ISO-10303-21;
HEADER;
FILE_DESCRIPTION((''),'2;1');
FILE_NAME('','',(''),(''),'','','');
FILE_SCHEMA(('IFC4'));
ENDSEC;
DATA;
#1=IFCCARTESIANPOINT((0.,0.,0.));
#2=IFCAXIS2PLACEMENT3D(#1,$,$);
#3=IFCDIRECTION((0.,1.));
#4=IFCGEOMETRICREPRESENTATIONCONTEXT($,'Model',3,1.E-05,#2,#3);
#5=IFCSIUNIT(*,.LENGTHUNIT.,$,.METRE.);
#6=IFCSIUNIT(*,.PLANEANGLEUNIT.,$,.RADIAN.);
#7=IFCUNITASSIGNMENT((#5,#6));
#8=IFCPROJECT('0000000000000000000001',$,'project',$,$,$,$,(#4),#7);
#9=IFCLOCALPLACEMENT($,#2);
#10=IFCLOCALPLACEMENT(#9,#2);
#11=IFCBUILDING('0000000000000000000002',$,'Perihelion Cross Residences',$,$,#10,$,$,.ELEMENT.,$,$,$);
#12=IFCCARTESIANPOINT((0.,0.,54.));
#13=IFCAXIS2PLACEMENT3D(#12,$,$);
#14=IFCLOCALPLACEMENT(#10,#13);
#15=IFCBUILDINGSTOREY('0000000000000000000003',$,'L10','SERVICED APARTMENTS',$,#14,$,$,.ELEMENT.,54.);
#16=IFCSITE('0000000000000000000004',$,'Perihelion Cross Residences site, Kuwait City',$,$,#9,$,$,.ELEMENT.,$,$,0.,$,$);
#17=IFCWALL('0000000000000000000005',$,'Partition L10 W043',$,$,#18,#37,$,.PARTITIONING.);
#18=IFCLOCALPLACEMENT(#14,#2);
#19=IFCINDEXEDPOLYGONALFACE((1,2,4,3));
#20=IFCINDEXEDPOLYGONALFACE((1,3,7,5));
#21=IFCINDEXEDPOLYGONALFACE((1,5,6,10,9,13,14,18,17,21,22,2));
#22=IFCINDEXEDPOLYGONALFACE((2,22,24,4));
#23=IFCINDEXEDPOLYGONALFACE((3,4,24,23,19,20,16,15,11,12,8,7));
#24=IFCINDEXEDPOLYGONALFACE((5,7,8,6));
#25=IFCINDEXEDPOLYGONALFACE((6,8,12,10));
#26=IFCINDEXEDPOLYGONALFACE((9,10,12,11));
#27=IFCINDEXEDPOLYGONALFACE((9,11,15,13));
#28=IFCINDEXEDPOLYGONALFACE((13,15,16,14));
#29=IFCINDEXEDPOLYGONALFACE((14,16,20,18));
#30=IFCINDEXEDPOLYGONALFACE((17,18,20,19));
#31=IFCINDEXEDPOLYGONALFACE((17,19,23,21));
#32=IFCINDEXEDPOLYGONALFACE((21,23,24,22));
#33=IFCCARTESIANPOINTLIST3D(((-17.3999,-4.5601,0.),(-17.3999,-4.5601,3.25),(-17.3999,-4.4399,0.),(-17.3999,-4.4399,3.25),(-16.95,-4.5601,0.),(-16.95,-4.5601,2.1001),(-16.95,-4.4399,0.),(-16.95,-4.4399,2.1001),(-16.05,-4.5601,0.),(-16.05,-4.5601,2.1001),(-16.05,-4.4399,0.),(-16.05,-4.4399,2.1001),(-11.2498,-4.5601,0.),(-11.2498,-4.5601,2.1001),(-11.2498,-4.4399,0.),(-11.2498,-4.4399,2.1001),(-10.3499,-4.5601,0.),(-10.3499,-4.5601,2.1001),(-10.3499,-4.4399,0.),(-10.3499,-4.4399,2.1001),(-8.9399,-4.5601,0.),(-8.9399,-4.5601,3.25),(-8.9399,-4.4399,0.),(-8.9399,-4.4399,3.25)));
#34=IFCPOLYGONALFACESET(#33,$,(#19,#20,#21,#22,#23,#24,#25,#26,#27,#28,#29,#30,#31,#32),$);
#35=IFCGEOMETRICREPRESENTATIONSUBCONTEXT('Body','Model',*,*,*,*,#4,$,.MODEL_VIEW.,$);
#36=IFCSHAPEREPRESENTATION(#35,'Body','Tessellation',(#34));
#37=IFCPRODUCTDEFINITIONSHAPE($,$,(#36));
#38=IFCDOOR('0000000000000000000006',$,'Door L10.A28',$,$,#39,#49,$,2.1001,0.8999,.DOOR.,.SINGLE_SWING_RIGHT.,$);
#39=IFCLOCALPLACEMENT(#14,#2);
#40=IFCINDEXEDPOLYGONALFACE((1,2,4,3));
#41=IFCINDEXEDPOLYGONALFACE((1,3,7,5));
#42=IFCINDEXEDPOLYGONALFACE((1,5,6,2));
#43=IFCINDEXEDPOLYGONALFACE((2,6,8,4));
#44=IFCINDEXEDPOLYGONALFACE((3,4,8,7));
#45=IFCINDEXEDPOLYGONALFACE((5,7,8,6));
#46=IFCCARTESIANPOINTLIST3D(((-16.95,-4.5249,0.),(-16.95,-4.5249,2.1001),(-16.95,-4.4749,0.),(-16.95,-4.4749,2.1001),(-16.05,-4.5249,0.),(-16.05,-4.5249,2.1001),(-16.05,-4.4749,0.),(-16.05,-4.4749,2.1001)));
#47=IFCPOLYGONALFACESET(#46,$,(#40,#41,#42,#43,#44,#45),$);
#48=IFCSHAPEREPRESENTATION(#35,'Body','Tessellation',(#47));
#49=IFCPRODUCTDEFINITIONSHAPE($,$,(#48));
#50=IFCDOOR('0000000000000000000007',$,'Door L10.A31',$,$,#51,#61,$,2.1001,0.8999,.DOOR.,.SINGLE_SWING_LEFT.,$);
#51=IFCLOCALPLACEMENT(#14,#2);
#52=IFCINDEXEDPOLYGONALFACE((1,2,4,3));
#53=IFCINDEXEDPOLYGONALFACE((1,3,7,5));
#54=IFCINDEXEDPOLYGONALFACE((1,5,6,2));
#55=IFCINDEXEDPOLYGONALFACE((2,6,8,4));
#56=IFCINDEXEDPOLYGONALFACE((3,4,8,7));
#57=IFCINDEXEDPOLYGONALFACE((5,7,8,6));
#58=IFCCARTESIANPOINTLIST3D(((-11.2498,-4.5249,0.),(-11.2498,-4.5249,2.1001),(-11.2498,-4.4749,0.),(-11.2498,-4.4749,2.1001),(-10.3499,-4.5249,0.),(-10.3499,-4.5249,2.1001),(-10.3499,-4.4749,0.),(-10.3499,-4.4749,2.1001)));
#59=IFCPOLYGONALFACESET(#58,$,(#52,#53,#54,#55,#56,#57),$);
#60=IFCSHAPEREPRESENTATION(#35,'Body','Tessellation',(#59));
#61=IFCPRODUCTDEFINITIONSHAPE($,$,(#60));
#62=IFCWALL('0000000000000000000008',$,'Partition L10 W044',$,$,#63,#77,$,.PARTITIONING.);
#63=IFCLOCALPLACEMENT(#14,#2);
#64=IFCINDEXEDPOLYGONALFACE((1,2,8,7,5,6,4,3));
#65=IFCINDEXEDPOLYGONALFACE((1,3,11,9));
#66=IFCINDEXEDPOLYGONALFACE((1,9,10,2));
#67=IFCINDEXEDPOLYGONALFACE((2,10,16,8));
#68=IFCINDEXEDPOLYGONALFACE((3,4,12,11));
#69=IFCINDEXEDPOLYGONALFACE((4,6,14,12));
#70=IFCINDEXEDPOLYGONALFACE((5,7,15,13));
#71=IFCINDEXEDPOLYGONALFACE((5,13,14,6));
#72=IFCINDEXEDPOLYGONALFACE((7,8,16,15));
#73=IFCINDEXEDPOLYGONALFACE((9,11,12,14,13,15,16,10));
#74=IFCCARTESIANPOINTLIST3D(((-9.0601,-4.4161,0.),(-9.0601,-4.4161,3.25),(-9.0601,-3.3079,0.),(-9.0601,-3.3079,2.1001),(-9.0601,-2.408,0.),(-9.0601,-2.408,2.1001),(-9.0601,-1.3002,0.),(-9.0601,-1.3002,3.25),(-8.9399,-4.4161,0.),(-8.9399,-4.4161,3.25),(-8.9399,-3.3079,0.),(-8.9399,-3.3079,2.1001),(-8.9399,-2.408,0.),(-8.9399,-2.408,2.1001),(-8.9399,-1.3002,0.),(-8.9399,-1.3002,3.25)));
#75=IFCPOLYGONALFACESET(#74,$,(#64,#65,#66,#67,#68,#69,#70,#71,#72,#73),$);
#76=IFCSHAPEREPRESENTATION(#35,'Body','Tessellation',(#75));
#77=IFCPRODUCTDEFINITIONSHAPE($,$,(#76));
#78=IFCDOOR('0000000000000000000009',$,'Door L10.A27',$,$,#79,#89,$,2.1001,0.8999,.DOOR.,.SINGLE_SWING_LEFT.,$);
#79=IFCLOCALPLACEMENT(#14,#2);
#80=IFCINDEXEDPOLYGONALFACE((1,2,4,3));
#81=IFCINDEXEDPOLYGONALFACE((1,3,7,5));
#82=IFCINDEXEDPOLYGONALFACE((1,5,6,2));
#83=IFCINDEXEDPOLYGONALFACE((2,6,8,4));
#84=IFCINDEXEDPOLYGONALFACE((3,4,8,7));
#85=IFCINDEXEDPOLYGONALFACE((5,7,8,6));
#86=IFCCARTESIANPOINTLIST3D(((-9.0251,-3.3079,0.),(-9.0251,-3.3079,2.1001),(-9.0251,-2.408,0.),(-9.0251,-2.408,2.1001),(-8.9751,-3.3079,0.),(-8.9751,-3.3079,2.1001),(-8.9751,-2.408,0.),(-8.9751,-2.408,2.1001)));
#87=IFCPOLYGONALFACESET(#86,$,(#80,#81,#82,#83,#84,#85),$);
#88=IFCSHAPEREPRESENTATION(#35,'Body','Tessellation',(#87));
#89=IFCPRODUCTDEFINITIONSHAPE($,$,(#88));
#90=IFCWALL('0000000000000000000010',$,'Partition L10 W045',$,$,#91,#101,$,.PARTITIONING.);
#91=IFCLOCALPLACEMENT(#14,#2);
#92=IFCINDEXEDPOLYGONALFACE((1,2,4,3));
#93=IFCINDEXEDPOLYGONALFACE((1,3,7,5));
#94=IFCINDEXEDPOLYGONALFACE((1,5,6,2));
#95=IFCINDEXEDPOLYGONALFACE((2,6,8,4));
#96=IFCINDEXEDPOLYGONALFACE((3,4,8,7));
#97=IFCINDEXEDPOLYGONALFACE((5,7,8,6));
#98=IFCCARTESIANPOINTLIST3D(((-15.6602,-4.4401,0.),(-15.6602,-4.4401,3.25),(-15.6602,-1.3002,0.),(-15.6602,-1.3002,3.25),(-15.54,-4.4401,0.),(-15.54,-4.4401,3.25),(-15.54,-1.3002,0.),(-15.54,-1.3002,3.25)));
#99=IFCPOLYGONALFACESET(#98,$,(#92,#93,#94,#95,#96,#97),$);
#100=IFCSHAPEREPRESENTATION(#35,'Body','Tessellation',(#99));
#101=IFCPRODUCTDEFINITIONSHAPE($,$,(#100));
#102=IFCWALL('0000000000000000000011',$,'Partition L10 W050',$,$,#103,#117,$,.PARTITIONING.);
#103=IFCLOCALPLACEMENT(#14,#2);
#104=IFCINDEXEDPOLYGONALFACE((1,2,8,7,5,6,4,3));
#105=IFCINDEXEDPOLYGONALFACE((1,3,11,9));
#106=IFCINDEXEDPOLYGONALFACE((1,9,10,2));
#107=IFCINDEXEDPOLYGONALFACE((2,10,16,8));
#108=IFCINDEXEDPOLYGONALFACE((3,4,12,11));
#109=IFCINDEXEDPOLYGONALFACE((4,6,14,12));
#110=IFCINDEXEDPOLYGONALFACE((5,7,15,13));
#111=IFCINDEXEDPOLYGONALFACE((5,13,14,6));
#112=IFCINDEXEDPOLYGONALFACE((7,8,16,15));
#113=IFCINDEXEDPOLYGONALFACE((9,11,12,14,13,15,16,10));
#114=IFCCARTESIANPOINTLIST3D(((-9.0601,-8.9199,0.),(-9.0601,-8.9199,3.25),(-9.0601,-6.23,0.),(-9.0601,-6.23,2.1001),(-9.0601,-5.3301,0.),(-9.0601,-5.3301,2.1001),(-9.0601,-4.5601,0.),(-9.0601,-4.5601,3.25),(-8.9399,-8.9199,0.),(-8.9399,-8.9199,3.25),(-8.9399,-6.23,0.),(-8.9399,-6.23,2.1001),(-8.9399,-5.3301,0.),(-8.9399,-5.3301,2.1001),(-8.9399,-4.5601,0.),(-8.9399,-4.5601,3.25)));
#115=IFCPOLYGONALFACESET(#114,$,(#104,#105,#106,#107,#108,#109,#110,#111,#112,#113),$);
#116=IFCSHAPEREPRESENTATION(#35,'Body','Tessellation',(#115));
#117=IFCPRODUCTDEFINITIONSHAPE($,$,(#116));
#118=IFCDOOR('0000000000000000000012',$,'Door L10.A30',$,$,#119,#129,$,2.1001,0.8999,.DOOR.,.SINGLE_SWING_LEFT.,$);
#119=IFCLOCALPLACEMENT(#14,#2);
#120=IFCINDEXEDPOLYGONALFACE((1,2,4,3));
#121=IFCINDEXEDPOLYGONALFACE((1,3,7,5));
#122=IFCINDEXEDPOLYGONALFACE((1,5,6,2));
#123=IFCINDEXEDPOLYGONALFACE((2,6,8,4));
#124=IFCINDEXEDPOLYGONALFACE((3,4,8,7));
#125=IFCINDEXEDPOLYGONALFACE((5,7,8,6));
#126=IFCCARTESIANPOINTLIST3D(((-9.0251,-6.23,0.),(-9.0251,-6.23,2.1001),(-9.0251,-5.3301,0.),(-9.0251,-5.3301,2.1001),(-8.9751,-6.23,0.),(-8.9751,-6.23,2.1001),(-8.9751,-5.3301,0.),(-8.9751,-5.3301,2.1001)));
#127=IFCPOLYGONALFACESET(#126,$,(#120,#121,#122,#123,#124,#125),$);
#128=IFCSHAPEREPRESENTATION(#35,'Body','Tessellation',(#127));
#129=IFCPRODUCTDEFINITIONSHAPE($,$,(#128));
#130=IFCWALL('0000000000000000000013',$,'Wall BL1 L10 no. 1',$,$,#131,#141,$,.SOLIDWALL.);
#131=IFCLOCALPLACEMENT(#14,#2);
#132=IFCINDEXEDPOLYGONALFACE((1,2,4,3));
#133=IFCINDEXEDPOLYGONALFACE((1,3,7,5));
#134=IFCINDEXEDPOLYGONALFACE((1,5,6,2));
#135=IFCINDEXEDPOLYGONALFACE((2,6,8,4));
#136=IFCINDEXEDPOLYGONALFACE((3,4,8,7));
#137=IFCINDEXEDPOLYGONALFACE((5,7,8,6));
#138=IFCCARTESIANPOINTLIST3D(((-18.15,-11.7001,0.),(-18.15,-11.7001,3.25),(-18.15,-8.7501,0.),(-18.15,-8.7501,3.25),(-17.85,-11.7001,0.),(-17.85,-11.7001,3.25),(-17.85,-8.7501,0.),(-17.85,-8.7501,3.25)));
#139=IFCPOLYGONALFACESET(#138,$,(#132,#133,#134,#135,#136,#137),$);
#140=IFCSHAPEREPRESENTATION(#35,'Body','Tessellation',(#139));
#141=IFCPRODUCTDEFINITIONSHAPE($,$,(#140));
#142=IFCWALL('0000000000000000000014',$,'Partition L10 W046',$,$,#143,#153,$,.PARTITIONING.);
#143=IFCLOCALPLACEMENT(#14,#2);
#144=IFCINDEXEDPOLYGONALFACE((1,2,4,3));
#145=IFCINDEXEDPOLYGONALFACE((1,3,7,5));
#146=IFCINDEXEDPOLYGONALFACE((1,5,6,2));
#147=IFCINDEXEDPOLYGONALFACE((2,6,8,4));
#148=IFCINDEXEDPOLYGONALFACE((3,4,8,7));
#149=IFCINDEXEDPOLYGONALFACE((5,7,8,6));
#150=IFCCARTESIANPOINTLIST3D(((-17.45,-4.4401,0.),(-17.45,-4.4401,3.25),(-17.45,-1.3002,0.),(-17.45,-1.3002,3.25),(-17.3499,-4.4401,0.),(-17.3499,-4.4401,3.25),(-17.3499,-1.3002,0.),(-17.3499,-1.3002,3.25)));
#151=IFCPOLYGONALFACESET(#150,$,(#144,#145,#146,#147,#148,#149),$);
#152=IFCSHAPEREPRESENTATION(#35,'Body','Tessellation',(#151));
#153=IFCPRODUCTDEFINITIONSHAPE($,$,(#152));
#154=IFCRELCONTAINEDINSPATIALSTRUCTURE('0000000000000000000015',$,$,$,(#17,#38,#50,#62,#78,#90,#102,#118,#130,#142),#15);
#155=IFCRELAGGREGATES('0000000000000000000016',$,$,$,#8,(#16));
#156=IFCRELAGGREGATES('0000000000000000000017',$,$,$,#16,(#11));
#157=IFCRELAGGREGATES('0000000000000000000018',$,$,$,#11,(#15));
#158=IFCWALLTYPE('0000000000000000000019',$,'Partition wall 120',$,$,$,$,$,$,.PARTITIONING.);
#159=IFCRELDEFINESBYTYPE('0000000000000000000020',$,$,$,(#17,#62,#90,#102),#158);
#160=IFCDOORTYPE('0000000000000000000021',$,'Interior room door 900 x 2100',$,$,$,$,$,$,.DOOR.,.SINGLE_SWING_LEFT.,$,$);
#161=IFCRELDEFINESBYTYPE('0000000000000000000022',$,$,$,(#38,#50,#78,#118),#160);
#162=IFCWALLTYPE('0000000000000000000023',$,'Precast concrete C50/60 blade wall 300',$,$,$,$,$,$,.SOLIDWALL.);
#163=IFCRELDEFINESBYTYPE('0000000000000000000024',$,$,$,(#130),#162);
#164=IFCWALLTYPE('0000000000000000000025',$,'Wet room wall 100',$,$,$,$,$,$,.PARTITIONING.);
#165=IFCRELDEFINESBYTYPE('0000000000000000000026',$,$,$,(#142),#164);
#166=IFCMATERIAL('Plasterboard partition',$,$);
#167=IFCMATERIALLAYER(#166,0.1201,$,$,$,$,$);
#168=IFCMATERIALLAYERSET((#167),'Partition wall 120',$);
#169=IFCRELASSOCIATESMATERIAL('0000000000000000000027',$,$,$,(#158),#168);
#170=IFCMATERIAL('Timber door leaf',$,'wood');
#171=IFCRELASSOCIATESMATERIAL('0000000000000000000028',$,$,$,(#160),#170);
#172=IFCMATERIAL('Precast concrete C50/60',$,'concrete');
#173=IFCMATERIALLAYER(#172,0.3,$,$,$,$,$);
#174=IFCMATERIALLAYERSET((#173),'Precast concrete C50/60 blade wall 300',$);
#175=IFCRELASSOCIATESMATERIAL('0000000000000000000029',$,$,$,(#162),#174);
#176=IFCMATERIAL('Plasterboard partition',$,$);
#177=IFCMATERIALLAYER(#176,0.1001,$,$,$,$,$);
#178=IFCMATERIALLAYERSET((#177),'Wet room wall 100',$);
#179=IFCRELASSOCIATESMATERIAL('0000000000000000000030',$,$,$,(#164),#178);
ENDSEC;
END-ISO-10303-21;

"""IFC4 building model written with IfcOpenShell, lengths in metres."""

from ifc_helpers import new_model, si_unit, direction, frame, frame_2d, origin, place, context, subcontext, project, spatial, rectangle, extrude, material, layer, layer_set, type_object, element, fill, save


model = new_model("IFC4")

# Units and contexts
model_context = context("Model", 3, precision=1e-05, world=origin(), true_north=direction((0.0, 1.0)))
body_context = subcontext(model_context, "Body", "Model", "MODEL_VIEW")
ifc_project = project(units=[si_unit("LENGTHUNIT", "METRE"), si_unit("PLANEANGLEUNIT", "RADIAN")], contexts=[model_context])

# Site, building, storey
site_placement = place(None, origin())
site = spatial("IfcSite", under=ifc_project, at=site_placement, Name="Perihelion Cross Residences site, Kuwait City", CompositionType="ELEMENT", RefElevation=0.0)
building_placement = place(site_placement, origin())
building = spatial("IfcBuilding", under=site, at=building_placement, Name="Perihelion Cross Residences", CompositionType="ELEMENT")
storey_placement = place(building_placement, frame((0.0, 0.0, 54.0)))
storey = spatial("IfcBuildingStorey", under=building, at=storey_placement, Name="L10", Description="SERVICED APARTMENTS", CompositionType="ELEMENT", Elevation=54.0)

# Shared definitions
ifc_material_1 = material(Name="Plasterboard partition")
ifc_layer_1 = layer(ifc_material_1, 0.1201)
ifc_layer_set_1 = layer_set([ifc_layer_1], Name="Partition wall 120")
wall_type_1 = type_object("IfcWallType", Name="Partition wall 120", PredefinedType="PARTITIONING", material=ifc_layer_set_1)
ifc_material_2 = material(Name="Timber door leaf", Category="wood")
door_type_1 = type_object("IfcDoorType", Name="Interior room door 900 x 2100", OperationType="SINGLE_SWING_LEFT", PredefinedType="DOOR", material=ifc_material_2)

# Wall, openings, doors
wall_1_placement = place(storey_placement, frame((-8.9399, -4.5, 0.0), z_axis=(0.0, 0.0, 1.0), x_axis=(-1.0, 0.0, 0.0)))
wall_1 = element("IfcWall", 1, at=wall_1_placement, inside=storey, type_object=wall_type_1, Name="Partition L10 W043", PredefinedType="PARTITIONING", context=body_context, shape_type="SweptSolid", body=[
    extrude(rectangle(XDim=8.46, YDim=0.1201, at=frame_2d((4.23, 0.0))), origin(), (0.0, 0.0, 1.0), 3.25),
])
opening_1_placement = place(wall_1_placement, frame((7.1101, 0.0, 0.0)))
opening_1 = element("IfcOpeningElement", 2, at=opening_1_placement, cuts=wall_1, PredefinedType="OPENING", context=body_context, shape_type="SweptSolid", body=[
    extrude(rectangle(XDim=0.8999, YDim=2.1001, at=frame_2d((0.45, 1.05))), frame((0.0, 0.0701, 0.0), z_axis=(0.0, -1.0, 0.0), x_axis=(1.0, 0.0, 0.0)), (0.0, 0.0, 1.0), 0.1401),
])
opening_2_placement = place(wall_1_placement, frame((1.4099, 0.0, 0.0)))
opening_2 = element("IfcOpeningElement", 3, at=opening_2_placement, cuts=wall_1, PredefinedType="OPENING", context=body_context, shape_type="SweptSolid", body=[
    extrude(rectangle(XDim=0.8999, YDim=2.1001, at=frame_2d((0.45, 1.05))), frame((0.0, 0.0701, 0.0), z_axis=(0.0, -1.0, 0.0), x_axis=(1.0, 0.0, 0.0)), (0.0, 0.0, 1.0), 0.1401),
])
door_1_placement = place(opening_1_placement, origin())
door_1 = element("IfcDoor", 4, at=door_1_placement, inside=storey, type_object=door_type_1, Name="Door L10.A28", OperationType="SINGLE_SWING_RIGHT", OverallHeight=2.1001, OverallWidth=0.8999, PredefinedType="DOOR", context=body_context, shape_type="SweptSolid", body=[
    extrude(rectangle(XDim=0.8999, YDim=2.1001, at=frame_2d((0.45, 1.05))), frame((0.0, 0.0249, 0.0), z_axis=(0.0, -1.0, 0.0), x_axis=(1.0, 0.0, 0.0)), (0.0, 0.0, 1.0), 0.05),
])
fill(opening_1, door_1)
door_2_placement = place(opening_2_placement, origin())
door_2 = element("IfcDoor", 5, at=door_2_placement, inside=storey, type_object=door_type_1, Name="Door L10.A31", OperationType="SINGLE_SWING_LEFT", OverallHeight=2.1001, OverallWidth=0.8999, PredefinedType="DOOR", context=body_context, shape_type="SweptSolid", body=[
    extrude(rectangle(XDim=0.8999, YDim=2.1001, at=frame_2d((0.45, 1.05))), frame((0.0, 0.0249, 0.0), z_axis=(0.0, -1.0, 0.0), x_axis=(1.0, 0.0, 0.0)), (0.0, 0.0, 1.0), 0.05),
])
fill(opening_2, door_2)

# Wall, opening, door
wall_2_placement = place(storey_placement, frame((-9.0, -1.3, 0.0), z_axis=(0.0, 0.0, 1.0), x_axis=(0.0, -1.0, 0.0)))
wall_2 = element("IfcWall", 6, at=wall_2_placement, inside=storey, type_object=wall_type_1, Name="Partition L10 W044", PredefinedType="PARTITIONING", context=body_context, shape_type="SweptSolid", body=[
    extrude(rectangle(XDim=3.116, YDim=0.1201, at=frame_2d((1.5581, 0.0))), origin(), (0.0, 0.0, 1.0), 3.25),
])
opening_3_placement = place(wall_2_placement, frame((1.1079, 0.0, 0.0)))
opening_3 = element("IfcOpeningElement", 7, at=opening_3_placement, cuts=wall_2, PredefinedType="OPENING", context=body_context, shape_type="SweptSolid", body=[
    extrude(rectangle(XDim=0.8999, YDim=2.1001, at=frame_2d((0.45, 1.05))), frame((0.0, 0.0701, 0.0), z_axis=(0.0, -1.0, 0.0), x_axis=(1.0, 0.0, 0.0)), (0.0, 0.0, 1.0), 0.1401),
])
door_3_placement = place(opening_3_placement, origin())
door_3 = element("IfcDoor", 8, at=door_3_placement, inside=storey, type_object=door_type_1, Name="Door L10.A27", OperationType="SINGLE_SWING_LEFT", OverallHeight=2.1001, OverallWidth=0.8999, PredefinedType="DOOR", context=body_context, shape_type="SweptSolid", body=[
    extrude(rectangle(XDim=0.8999, YDim=2.1001, at=frame_2d((0.45, 1.05))), frame((0.0, 0.0249, 0.0), z_axis=(0.0, -1.0, 0.0), x_axis=(1.0, 0.0, 0.0)), (0.0, 0.0, 1.0), 0.05),
])
fill(opening_3, door_3)

# Wall
wall_3_placement = place(storey_placement, frame((-15.6001, -4.4399, 0.0), z_axis=(0.0, 0.0, 1.0), x_axis=(0.0, 1.0, 0.0)))
element("IfcWall", 9, at=wall_3_placement, inside=storey, type_object=wall_type_1, Name="Partition L10 W045", PredefinedType="PARTITIONING", context=body_context, shape_type="SweptSolid", body=[
    extrude(rectangle(XDim=3.1399, YDim=0.1201, at=frame_2d((1.5698, 0.0))), origin(), (0.0, 0.0, 1.0), 3.25),
])

# Wall, opening, door
wall_4_placement = place(storey_placement, frame((-9.0, -4.5601, 0.0), z_axis=(0.0, 0.0, 1.0), x_axis=(0.0, -1.0, 0.0)))
wall_4 = element("IfcWall", 10, at=wall_4_placement, inside=storey, type_object=wall_type_1, Name="Partition L10 W050", PredefinedType="PARTITIONING", context=body_context, shape_type="SweptSolid", body=[
    extrude(rectangle(XDim=4.3599, YDim=0.1201, at=frame_2d((2.1799, 0.0))), origin(), (0.0, 0.0, 1.0), 3.25),
])
opening_4_placement = place(wall_4_placement, frame((0.77, 0.0, 0.0)))
opening_4 = element("IfcOpeningElement", 11, at=opening_4_placement, cuts=wall_4, PredefinedType="OPENING", context=body_context, shape_type="SweptSolid", body=[
    extrude(rectangle(XDim=0.8999, YDim=2.1001, at=frame_2d((0.45, 1.05))), frame((0.0, 0.0701, 0.0), z_axis=(0.0, -1.0, 0.0), x_axis=(1.0, 0.0, 0.0)), (0.0, 0.0, 1.0), 0.1401),
])
door_4_placement = place(opening_4_placement, origin())
door_4 = element("IfcDoor", 12, at=door_4_placement, inside=storey, type_object=door_type_1, Name="Door L10.A30", OperationType="SINGLE_SWING_LEFT", OverallHeight=2.1001, OverallWidth=0.8999, PredefinedType="DOOR", context=body_context, shape_type="SweptSolid", body=[
    extrude(rectangle(XDim=0.8999, YDim=2.1001, at=frame_2d((0.45, 1.05))), frame((0.0, 0.0249, 0.0), z_axis=(0.0, -1.0, 0.0), x_axis=(1.0, 0.0, 0.0)), (0.0, 0.0, 1.0), 0.05),
])
fill(opening_4, door_4)

# Walls
ifc_material_3 = material(Name="Precast concrete C50/60", Category="concrete")
ifc_layer_2 = layer(ifc_material_3, 0.3)
ifc_layer_set_2 = layer_set([ifc_layer_2], Name="Precast concrete C50/60 blade wall 300")
wall_type_2 = type_object("IfcWallType", Name="Precast concrete C50/60 blade wall 300", PredefinedType="SOLIDWALL", material=ifc_layer_set_2)
wall_5_placement = place(storey_placement, frame((-18.0, -8.75, 0.0), z_axis=(0.0, 0.0, 1.0), x_axis=(0.0, -1.0, 0.0)))
element("IfcWall", 13, at=wall_5_placement, inside=storey, type_object=wall_type_2, Name="Wall BL1 L10 no. 1", PredefinedType="SOLIDWALL", context=body_context, shape_type="SweptSolid", body=[
    extrude(rectangle(XDim=2.95, YDim=0.3, at=frame_2d((1.4751, 0.0))), origin(), (0.0, 0.0, 1.0), 3.25),
])
ifc_material_4 = material(Name="Plasterboard partition")
ifc_layer_3 = layer(ifc_material_4, 0.1001)
ifc_layer_set_3 = layer_set([ifc_layer_3], Name="Wet room wall 100")
wall_type_3 = type_object("IfcWallType", Name="Wet room wall 100", PredefinedType="PARTITIONING", material=ifc_layer_set_3)
wall_6_placement = place(storey_placement, frame((-17.3999, -4.4399, 0.0), z_axis=(0.0, 0.0, 1.0), x_axis=(0.0, 1.0, 0.0)))
element("IfcWall", 14, at=wall_6_placement, inside=storey, type_object=wall_type_3, Name="Partition L10 W046", PredefinedType="PARTITIONING", context=body_context, shape_type="SweptSolid", body=[
    extrude(rectangle(XDim=3.1399, YDim=0.1001, at=frame_2d((1.5698, 0.0))), origin(), (0.0, 0.0, 1.0), 3.25),
])

save(model, "model.ifc")
